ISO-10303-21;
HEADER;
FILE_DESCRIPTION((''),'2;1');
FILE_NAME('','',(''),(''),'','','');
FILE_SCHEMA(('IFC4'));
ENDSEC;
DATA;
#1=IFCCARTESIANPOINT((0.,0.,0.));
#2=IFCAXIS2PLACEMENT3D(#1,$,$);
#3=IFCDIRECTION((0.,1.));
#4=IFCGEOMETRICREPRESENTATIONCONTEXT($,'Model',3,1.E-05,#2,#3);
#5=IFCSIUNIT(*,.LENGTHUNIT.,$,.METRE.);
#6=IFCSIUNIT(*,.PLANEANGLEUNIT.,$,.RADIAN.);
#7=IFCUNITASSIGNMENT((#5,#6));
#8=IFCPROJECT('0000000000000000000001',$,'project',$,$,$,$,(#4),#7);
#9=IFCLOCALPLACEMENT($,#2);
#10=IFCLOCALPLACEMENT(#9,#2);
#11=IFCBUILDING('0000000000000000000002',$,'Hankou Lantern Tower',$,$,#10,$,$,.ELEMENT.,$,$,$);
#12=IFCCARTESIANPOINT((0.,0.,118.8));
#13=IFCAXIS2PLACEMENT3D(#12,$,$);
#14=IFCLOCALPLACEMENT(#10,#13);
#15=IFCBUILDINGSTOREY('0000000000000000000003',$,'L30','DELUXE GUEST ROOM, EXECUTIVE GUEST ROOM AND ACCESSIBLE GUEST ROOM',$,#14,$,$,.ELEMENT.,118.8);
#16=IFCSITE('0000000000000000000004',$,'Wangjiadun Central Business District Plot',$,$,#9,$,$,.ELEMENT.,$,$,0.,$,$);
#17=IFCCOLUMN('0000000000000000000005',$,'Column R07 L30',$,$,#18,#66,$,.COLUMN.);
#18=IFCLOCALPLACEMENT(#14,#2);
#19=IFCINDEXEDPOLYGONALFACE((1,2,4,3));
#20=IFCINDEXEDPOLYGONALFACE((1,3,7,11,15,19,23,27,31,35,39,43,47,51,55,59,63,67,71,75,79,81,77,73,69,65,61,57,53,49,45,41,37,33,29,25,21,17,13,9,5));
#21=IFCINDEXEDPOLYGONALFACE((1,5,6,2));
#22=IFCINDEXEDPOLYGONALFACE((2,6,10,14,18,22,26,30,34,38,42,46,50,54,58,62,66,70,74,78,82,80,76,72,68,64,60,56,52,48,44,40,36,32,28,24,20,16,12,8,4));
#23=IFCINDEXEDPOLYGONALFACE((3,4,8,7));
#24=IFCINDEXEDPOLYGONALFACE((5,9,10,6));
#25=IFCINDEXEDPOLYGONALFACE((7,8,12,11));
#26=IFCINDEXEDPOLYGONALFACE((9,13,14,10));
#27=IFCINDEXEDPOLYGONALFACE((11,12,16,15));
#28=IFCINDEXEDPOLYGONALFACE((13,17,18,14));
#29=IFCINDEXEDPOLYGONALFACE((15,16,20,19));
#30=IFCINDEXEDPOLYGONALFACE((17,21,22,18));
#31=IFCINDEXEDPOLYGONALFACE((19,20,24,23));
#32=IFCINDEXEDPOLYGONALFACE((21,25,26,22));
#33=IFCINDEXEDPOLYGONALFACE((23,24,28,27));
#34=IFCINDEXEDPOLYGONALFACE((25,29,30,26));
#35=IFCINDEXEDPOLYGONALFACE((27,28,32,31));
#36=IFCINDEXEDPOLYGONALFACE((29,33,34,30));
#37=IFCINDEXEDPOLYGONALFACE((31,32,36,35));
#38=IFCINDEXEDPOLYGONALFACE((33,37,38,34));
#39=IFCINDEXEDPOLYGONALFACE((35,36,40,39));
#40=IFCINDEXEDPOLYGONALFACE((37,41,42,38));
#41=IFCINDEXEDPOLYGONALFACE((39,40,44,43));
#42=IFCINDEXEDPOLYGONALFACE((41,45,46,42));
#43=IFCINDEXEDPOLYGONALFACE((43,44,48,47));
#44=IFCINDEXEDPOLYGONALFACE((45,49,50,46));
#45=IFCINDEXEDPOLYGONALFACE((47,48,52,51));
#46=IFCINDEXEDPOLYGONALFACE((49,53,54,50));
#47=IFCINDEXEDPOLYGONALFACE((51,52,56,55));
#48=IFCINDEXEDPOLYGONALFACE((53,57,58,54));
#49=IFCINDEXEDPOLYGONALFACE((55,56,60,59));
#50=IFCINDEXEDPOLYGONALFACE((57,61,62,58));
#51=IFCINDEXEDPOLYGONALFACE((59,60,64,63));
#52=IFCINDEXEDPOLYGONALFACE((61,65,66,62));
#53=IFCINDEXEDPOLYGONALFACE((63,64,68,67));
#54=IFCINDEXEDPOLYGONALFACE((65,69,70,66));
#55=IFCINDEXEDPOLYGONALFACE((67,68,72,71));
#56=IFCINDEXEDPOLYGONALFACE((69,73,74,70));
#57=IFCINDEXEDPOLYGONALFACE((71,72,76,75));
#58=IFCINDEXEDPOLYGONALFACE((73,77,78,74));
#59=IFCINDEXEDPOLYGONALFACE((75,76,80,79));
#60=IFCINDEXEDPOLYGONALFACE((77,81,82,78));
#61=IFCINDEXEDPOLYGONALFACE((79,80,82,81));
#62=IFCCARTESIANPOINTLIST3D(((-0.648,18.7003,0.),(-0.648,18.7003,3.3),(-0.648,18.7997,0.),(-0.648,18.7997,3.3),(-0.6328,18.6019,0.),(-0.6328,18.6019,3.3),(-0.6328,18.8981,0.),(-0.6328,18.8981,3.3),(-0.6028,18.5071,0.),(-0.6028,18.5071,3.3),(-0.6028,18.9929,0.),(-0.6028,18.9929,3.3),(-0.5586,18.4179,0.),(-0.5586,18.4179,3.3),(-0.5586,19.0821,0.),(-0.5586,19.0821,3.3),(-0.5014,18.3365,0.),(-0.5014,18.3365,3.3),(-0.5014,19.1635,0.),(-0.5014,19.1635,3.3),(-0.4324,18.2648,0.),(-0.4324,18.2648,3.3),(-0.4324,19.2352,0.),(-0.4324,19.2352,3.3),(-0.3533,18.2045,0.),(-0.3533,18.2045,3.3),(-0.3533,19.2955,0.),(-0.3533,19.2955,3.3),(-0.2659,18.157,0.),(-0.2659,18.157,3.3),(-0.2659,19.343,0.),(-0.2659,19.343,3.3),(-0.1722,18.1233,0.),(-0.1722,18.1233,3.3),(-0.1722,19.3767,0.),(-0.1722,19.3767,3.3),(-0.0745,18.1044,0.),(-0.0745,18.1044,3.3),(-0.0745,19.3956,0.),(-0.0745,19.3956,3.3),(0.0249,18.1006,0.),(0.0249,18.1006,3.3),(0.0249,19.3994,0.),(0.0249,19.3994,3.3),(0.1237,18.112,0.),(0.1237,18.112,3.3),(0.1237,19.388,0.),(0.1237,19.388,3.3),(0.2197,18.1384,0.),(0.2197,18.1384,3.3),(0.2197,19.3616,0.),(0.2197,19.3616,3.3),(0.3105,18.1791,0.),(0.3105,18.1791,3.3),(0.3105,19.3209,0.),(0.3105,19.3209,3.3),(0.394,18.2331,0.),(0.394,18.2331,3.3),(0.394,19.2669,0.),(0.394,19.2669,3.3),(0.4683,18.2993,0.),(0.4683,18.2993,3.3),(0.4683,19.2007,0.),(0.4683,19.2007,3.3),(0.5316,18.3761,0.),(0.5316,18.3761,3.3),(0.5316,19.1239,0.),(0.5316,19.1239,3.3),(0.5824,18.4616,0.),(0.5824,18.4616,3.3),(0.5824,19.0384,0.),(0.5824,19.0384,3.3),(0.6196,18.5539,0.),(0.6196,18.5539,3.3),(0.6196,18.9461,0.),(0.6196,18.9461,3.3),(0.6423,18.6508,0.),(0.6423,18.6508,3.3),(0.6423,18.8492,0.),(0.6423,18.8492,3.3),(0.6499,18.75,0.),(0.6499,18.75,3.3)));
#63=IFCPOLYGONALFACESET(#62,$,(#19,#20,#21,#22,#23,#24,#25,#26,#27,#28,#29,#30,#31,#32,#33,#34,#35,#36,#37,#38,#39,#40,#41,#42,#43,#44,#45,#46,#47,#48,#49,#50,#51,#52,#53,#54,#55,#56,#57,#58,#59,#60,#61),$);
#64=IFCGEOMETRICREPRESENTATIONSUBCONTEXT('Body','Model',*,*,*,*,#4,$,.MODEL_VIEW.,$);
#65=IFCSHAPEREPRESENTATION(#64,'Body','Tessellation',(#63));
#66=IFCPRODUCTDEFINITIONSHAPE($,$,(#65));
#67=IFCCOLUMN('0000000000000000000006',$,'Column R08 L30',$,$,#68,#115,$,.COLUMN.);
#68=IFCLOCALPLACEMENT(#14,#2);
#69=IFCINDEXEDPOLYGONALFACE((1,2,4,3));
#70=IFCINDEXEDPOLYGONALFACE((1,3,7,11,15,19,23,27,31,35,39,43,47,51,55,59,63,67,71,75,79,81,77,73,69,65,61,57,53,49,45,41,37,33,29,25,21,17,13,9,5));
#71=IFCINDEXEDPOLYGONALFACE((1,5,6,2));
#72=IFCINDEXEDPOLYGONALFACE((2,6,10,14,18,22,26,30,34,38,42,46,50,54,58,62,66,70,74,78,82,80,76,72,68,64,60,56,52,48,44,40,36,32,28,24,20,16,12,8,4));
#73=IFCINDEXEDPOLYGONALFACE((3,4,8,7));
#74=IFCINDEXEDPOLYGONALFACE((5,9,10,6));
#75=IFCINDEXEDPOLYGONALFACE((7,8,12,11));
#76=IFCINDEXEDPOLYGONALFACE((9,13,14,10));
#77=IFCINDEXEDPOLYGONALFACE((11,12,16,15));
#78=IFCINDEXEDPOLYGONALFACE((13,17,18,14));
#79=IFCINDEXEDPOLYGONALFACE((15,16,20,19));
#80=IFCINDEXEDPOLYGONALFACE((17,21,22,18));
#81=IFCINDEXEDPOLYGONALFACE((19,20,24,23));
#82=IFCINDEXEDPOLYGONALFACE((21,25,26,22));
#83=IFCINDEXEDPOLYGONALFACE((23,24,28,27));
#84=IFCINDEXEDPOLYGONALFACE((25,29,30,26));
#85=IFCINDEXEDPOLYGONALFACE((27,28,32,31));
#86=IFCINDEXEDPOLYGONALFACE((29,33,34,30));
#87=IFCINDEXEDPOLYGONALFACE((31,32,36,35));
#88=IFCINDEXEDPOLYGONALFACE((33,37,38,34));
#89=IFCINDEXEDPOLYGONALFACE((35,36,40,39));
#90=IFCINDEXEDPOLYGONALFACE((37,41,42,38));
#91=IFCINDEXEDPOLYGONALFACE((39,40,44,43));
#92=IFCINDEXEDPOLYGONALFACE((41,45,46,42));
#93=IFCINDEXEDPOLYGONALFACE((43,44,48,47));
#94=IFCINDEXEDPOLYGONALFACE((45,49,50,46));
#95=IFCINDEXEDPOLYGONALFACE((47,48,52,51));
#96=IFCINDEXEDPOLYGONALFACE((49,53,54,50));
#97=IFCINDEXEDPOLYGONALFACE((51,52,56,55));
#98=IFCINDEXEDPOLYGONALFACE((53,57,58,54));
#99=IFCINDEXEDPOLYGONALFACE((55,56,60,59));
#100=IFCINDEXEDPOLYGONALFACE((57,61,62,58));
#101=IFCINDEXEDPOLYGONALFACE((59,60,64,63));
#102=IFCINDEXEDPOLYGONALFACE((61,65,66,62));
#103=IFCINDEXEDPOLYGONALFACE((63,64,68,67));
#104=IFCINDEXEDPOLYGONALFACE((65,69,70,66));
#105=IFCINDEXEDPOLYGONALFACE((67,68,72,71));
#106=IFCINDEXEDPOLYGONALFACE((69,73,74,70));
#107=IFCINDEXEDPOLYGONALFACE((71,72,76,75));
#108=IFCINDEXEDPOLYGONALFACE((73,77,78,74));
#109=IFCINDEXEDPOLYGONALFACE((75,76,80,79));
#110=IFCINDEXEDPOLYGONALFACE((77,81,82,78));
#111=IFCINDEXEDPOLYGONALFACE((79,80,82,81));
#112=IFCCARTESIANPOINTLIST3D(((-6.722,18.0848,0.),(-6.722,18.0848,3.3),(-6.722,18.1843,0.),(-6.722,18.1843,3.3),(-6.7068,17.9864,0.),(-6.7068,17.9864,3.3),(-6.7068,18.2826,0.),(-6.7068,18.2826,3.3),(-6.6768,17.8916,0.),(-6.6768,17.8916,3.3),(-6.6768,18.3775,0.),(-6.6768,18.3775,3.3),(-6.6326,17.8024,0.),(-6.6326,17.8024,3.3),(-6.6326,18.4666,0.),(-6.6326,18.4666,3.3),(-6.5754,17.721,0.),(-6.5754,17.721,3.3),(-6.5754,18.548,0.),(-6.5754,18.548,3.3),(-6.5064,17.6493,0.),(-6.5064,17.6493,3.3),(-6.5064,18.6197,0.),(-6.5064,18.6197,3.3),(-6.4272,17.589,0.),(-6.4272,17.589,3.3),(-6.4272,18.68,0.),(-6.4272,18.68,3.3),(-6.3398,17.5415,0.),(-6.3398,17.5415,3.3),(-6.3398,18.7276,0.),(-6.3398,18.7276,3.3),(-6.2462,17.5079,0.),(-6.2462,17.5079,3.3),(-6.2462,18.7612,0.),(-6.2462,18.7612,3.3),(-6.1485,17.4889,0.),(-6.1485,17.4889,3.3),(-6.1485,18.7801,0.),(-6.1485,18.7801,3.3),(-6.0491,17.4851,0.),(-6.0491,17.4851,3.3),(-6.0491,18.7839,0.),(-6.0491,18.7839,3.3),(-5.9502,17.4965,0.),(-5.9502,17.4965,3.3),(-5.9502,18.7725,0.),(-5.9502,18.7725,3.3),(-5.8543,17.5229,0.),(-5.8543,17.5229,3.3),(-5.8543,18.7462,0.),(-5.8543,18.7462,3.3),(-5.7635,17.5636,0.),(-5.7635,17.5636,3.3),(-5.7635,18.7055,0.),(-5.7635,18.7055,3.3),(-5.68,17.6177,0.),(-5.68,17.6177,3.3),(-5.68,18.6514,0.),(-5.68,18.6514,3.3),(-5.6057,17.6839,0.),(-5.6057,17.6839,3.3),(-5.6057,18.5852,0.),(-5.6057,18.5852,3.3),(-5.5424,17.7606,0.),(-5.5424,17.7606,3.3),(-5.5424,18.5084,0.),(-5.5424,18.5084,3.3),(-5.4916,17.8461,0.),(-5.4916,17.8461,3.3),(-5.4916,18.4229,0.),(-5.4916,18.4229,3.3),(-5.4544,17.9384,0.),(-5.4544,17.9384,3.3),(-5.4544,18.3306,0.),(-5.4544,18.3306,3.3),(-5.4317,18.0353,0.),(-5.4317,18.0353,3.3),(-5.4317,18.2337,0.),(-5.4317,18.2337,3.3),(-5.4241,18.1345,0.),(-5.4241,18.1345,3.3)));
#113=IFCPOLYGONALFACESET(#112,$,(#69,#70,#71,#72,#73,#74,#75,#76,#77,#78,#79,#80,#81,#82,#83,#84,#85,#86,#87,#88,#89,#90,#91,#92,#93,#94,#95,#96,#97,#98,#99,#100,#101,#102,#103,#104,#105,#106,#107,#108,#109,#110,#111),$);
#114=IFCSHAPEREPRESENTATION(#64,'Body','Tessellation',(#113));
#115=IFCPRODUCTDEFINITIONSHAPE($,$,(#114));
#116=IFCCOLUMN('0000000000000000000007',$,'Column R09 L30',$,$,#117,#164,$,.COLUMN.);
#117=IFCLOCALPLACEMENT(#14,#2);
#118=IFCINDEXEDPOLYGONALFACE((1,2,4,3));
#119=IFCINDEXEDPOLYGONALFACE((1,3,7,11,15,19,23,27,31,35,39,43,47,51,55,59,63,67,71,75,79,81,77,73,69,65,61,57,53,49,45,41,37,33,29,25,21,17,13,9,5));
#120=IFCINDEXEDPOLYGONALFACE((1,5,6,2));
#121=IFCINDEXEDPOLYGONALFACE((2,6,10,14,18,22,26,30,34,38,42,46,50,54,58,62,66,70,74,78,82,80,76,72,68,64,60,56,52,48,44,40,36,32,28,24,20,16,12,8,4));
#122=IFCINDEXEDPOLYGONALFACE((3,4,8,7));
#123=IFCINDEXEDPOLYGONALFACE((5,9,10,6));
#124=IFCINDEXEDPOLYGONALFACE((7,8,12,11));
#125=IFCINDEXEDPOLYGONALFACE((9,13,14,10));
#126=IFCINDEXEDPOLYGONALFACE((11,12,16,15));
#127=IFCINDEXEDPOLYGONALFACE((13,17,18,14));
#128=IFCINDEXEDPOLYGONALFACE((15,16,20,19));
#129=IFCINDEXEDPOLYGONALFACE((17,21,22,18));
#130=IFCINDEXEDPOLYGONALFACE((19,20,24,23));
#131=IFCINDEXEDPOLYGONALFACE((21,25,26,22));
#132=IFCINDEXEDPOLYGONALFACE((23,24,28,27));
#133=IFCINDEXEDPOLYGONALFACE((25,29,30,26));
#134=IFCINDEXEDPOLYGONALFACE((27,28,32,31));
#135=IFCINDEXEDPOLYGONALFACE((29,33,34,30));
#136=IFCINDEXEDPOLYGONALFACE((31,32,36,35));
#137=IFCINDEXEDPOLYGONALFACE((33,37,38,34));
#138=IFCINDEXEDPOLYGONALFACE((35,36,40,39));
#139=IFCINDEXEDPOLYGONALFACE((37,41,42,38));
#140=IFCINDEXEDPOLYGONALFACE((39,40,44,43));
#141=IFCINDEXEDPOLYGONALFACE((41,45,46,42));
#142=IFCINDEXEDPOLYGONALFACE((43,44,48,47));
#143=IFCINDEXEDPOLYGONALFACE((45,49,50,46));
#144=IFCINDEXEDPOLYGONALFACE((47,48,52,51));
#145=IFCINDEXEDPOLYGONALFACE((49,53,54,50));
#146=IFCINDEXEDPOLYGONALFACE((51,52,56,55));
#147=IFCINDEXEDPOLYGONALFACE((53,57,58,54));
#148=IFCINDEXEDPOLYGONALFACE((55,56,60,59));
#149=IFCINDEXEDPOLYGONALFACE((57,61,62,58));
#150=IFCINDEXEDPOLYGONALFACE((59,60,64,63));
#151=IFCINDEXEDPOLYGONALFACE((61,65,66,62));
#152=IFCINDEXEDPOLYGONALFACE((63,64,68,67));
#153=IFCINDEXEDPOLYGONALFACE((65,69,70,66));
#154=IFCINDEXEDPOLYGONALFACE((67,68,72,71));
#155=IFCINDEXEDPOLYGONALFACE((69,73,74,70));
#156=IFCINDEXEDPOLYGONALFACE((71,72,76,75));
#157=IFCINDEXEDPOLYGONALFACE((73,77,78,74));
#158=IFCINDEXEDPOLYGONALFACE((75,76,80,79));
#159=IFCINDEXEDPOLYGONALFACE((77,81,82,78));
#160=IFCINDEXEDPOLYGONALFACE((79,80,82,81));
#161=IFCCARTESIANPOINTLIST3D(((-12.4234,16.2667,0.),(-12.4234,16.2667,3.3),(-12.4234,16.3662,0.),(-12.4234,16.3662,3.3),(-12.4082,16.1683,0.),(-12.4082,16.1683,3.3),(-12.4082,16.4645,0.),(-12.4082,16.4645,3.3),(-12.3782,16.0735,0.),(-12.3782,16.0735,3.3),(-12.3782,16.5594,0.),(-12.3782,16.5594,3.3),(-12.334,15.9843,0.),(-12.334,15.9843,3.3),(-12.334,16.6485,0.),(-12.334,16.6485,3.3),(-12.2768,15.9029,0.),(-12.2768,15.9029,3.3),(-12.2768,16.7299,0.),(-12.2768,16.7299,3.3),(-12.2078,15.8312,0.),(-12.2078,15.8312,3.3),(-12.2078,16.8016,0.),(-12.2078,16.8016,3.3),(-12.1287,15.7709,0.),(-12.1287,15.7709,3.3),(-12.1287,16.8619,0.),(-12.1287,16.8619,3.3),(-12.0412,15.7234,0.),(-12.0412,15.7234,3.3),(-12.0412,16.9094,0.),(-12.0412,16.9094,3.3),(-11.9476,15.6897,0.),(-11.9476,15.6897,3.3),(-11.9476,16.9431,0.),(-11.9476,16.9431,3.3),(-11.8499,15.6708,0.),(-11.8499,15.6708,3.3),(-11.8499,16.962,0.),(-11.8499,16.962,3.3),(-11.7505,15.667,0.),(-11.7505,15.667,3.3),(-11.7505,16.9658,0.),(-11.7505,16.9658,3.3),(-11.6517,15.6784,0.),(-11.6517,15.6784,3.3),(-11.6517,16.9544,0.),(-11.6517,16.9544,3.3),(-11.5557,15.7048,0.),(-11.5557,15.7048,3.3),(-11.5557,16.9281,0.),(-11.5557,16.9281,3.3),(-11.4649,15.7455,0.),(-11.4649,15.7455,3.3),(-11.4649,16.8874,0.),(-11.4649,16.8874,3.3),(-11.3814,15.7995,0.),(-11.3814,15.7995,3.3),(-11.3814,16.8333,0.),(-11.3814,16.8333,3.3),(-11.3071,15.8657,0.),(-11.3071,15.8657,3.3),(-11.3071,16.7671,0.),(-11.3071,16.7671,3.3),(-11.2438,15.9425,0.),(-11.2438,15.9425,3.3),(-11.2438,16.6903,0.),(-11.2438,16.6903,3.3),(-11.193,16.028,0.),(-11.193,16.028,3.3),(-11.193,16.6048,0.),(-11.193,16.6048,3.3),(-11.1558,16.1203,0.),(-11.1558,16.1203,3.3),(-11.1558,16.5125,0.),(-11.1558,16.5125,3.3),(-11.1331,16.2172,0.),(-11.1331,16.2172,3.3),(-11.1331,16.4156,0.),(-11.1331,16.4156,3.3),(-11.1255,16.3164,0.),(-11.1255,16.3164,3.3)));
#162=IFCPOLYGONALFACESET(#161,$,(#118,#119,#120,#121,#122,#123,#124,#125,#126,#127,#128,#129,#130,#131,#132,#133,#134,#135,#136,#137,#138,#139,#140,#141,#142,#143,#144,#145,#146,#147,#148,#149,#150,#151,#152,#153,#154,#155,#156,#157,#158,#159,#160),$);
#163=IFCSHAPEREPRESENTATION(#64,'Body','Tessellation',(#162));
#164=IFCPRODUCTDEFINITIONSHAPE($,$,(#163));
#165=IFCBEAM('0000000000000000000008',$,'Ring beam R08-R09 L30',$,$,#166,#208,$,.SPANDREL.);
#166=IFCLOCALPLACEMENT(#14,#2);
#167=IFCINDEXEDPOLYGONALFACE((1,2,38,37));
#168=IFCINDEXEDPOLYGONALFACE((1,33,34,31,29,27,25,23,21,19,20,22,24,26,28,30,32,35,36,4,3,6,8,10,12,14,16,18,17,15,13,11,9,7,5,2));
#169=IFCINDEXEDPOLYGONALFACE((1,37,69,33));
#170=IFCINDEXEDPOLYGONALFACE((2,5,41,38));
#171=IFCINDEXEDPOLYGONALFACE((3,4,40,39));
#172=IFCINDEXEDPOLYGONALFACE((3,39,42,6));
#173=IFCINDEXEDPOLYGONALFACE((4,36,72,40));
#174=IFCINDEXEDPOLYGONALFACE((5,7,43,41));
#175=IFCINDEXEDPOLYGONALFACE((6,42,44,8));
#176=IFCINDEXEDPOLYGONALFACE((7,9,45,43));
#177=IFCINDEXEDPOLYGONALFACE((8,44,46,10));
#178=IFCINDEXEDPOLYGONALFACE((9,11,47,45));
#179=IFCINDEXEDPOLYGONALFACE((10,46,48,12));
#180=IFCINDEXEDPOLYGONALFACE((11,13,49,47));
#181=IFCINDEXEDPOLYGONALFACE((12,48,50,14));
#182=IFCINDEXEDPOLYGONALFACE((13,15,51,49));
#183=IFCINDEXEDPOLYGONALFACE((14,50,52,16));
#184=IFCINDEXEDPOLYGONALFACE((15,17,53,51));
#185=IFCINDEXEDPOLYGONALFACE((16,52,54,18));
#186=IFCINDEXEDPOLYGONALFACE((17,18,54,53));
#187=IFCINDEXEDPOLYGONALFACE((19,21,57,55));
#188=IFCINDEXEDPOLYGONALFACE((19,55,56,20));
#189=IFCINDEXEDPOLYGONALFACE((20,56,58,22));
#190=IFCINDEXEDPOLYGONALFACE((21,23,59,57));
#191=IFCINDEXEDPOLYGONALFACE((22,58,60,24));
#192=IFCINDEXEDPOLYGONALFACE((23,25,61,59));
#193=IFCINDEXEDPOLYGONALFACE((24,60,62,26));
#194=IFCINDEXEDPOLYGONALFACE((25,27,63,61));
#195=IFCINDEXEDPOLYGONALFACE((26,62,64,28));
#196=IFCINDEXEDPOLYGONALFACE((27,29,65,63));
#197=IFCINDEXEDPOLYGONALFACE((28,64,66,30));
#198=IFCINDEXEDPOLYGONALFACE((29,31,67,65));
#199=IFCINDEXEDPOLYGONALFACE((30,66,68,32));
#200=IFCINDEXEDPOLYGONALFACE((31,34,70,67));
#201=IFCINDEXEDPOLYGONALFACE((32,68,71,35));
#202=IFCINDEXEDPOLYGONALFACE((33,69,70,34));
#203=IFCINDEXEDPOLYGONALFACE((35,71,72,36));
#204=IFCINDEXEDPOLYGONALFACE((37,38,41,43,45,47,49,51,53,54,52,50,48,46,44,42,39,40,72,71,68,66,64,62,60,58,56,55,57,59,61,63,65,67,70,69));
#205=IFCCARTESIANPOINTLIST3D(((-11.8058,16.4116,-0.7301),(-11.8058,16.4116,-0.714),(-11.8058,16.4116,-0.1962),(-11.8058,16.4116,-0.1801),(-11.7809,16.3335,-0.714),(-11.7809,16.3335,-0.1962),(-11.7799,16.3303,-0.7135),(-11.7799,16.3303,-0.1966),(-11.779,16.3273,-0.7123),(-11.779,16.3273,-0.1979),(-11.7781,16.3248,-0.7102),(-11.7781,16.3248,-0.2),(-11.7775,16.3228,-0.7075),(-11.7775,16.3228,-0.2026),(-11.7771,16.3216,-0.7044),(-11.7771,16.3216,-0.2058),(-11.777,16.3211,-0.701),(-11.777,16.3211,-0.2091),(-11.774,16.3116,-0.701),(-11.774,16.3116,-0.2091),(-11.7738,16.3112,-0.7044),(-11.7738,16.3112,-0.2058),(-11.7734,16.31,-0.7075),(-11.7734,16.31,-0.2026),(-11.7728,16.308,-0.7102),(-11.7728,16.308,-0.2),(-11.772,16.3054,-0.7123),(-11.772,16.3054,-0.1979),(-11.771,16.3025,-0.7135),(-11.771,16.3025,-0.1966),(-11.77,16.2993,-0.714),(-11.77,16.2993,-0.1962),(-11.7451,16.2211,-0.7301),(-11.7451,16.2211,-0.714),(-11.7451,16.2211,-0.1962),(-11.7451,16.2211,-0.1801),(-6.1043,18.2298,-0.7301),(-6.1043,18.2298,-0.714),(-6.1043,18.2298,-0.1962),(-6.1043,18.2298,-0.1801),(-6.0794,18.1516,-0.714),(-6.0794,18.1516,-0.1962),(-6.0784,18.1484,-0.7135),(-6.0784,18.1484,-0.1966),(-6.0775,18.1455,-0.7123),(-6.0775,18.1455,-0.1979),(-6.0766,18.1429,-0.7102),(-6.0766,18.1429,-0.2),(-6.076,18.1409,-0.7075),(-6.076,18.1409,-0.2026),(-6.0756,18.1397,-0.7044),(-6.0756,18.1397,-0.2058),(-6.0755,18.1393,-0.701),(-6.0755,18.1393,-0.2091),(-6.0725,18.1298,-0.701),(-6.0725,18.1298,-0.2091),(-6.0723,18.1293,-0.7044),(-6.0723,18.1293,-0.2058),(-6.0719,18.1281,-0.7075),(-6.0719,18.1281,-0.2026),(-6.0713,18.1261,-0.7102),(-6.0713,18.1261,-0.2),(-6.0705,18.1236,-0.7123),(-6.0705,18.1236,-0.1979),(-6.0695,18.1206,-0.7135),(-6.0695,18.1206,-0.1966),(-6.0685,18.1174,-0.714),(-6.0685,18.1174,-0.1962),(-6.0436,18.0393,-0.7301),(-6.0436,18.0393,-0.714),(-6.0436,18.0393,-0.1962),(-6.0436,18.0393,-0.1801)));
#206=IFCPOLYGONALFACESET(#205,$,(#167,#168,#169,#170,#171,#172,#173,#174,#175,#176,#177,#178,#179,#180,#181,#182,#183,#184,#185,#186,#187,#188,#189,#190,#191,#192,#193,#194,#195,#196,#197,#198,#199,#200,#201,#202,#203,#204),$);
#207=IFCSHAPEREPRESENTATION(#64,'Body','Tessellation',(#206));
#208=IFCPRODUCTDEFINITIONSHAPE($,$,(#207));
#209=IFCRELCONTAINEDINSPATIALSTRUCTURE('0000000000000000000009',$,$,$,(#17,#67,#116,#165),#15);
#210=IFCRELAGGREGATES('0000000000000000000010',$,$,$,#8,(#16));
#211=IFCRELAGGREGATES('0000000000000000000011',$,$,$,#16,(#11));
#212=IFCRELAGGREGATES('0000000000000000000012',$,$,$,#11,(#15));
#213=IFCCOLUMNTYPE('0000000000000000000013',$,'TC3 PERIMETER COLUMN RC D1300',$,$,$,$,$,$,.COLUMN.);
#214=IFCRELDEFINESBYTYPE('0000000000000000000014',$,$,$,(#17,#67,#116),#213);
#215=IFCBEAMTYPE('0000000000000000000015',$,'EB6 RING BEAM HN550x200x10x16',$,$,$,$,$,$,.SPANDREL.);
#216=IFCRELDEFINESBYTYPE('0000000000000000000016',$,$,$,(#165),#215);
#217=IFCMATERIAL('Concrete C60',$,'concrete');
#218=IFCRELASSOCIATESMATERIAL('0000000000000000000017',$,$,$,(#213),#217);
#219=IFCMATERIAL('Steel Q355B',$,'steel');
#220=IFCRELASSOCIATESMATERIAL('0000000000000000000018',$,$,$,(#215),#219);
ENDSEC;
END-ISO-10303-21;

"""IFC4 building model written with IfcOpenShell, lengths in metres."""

from ifc_helpers import new_model, si_unit, direction, frame, origin, origin_2d, place, context, subcontext, project, spatial, circle, i_section, extrude, material, material_profile, profile_set, type_object, element, save


model = new_model("IFC4")

# Units and contexts
model_context = context("Model", 3, precision=1e-05, world=origin(), true_north=direction((0.0, 1.0)))
body_context = subcontext(model_context, "Body", "Model", "MODEL_VIEW")
ifc_project = project(units=[si_unit("LENGTHUNIT", "METRE"), si_unit("PLANEANGLEUNIT", "RADIAN")], contexts=[model_context])

# Site, building, storey
site_placement = place(None, origin())
site = spatial("IfcSite", under=ifc_project, at=site_placement, Name="Wangjiadun Central Business District Plot", CompositionType="ELEMENT", RefElevation=0.0)
building_placement = place(site_placement, origin())
building = spatial("IfcBuilding", under=site, at=building_placement, Name="Hankou Lantern Tower", CompositionType="ELEMENT")
storey_placement = place(building_placement, frame((0.0, 0.0, 118.8)))
storey = spatial("IfcBuildingStorey", under=building, at=storey_placement, Name="L30", Description="DELUXE GUEST ROOM, EXECUTIVE GUEST ROOM AND ACCESSIBLE GUEST ROOM", CompositionType="ELEMENT", Elevation=118.8)

# Columns
ifc_material_1 = material(Name="Concrete C60", Category="concrete")
ifc_material_profile_1 = material_profile(ifc_material_1, circle(Radius=0.6499, at=origin_2d()), Name="RC D1300")
ifc_profile_set_1 = profile_set([ifc_material_profile_1], Name="Concrete C60")
column_type = type_object("IfcColumnType", Name="TC3 PERIMETER COLUMN RC D1300", PredefinedType="COLUMN", material=ifc_profile_set_1)
for number, where, z_axis, x_axis, name in (
    (1, (0.0, 18.75, 0.0), (0.0, 0.0, 1.0), (1.0, 0.0, 0.0), "Column R07 L30"),
    (2, (-6.074, 18.1345, 0.0), (0.0, 0.0, 1.0), (1.0, 0.0, 0.0), "Column R08 L30"),
    (3, (-11.7754, 16.3164, 0.0), (0.0, 0.0, 1.0), (1.0, 0.0, 0.0), "Column R09 L30"),
):
    element("IfcColumn", number, at=place(storey_placement, frame(where, z_axis=z_axis, x_axis=x_axis)), inside=storey, type_object=column_type, Name=name, PredefinedType="COLUMN", context=body_context, shape_type="SweptSolid", body=[
        extrude(circle(Radius=0.6499, at=origin_2d()), origin(), (0.0, 0.0, 1.0), 3.3),
    ])

# Beam
ifc_material_2 = material(Name="Steel Q355B", Category="steel")
ifc_material_profile_2 = material_profile(ifc_material_2, i_section(OverallWidth=0.2, OverallDepth=0.55, WebThickness=0.01, FlangeThickness=0.0161, FilletRadius=0.0129, at=origin_2d()), Name="HN550x200x10x16")
ifc_profile_set_2 = profile_set([ifc_material_profile_2], Name="Steel Q355B")
beam_type_1 = type_object("IfcBeamType", Name="EB6 RING BEAM HN550x200x10x16", PredefinedType="SPANDREL", material=ifc_profile_set_2)
beam_1_placement = place(storey_placement, frame((-6.074, 18.1345, -0.4551), z_axis=(-0.952731, -0.303815, 0.0), x_axis=(0.303815, -0.952731, 0.0)))
element("IfcBeam", 4, at=beam_1_placement, inside=storey, type_object=beam_type_1, Name="Ring beam R08-R09 L30", PredefinedType="SPANDREL", context=body_context, shape_type="SweptSolid", body=[
    extrude(i_section(OverallWidth=0.2, OverallDepth=0.55, WebThickness=0.01, FlangeThickness=0.0161, FilletRadius=0.0129, at=origin_2d()), origin(), (0.0, 0.0, 1.0), 5.9844),
])

save(model, "model.ifc")
